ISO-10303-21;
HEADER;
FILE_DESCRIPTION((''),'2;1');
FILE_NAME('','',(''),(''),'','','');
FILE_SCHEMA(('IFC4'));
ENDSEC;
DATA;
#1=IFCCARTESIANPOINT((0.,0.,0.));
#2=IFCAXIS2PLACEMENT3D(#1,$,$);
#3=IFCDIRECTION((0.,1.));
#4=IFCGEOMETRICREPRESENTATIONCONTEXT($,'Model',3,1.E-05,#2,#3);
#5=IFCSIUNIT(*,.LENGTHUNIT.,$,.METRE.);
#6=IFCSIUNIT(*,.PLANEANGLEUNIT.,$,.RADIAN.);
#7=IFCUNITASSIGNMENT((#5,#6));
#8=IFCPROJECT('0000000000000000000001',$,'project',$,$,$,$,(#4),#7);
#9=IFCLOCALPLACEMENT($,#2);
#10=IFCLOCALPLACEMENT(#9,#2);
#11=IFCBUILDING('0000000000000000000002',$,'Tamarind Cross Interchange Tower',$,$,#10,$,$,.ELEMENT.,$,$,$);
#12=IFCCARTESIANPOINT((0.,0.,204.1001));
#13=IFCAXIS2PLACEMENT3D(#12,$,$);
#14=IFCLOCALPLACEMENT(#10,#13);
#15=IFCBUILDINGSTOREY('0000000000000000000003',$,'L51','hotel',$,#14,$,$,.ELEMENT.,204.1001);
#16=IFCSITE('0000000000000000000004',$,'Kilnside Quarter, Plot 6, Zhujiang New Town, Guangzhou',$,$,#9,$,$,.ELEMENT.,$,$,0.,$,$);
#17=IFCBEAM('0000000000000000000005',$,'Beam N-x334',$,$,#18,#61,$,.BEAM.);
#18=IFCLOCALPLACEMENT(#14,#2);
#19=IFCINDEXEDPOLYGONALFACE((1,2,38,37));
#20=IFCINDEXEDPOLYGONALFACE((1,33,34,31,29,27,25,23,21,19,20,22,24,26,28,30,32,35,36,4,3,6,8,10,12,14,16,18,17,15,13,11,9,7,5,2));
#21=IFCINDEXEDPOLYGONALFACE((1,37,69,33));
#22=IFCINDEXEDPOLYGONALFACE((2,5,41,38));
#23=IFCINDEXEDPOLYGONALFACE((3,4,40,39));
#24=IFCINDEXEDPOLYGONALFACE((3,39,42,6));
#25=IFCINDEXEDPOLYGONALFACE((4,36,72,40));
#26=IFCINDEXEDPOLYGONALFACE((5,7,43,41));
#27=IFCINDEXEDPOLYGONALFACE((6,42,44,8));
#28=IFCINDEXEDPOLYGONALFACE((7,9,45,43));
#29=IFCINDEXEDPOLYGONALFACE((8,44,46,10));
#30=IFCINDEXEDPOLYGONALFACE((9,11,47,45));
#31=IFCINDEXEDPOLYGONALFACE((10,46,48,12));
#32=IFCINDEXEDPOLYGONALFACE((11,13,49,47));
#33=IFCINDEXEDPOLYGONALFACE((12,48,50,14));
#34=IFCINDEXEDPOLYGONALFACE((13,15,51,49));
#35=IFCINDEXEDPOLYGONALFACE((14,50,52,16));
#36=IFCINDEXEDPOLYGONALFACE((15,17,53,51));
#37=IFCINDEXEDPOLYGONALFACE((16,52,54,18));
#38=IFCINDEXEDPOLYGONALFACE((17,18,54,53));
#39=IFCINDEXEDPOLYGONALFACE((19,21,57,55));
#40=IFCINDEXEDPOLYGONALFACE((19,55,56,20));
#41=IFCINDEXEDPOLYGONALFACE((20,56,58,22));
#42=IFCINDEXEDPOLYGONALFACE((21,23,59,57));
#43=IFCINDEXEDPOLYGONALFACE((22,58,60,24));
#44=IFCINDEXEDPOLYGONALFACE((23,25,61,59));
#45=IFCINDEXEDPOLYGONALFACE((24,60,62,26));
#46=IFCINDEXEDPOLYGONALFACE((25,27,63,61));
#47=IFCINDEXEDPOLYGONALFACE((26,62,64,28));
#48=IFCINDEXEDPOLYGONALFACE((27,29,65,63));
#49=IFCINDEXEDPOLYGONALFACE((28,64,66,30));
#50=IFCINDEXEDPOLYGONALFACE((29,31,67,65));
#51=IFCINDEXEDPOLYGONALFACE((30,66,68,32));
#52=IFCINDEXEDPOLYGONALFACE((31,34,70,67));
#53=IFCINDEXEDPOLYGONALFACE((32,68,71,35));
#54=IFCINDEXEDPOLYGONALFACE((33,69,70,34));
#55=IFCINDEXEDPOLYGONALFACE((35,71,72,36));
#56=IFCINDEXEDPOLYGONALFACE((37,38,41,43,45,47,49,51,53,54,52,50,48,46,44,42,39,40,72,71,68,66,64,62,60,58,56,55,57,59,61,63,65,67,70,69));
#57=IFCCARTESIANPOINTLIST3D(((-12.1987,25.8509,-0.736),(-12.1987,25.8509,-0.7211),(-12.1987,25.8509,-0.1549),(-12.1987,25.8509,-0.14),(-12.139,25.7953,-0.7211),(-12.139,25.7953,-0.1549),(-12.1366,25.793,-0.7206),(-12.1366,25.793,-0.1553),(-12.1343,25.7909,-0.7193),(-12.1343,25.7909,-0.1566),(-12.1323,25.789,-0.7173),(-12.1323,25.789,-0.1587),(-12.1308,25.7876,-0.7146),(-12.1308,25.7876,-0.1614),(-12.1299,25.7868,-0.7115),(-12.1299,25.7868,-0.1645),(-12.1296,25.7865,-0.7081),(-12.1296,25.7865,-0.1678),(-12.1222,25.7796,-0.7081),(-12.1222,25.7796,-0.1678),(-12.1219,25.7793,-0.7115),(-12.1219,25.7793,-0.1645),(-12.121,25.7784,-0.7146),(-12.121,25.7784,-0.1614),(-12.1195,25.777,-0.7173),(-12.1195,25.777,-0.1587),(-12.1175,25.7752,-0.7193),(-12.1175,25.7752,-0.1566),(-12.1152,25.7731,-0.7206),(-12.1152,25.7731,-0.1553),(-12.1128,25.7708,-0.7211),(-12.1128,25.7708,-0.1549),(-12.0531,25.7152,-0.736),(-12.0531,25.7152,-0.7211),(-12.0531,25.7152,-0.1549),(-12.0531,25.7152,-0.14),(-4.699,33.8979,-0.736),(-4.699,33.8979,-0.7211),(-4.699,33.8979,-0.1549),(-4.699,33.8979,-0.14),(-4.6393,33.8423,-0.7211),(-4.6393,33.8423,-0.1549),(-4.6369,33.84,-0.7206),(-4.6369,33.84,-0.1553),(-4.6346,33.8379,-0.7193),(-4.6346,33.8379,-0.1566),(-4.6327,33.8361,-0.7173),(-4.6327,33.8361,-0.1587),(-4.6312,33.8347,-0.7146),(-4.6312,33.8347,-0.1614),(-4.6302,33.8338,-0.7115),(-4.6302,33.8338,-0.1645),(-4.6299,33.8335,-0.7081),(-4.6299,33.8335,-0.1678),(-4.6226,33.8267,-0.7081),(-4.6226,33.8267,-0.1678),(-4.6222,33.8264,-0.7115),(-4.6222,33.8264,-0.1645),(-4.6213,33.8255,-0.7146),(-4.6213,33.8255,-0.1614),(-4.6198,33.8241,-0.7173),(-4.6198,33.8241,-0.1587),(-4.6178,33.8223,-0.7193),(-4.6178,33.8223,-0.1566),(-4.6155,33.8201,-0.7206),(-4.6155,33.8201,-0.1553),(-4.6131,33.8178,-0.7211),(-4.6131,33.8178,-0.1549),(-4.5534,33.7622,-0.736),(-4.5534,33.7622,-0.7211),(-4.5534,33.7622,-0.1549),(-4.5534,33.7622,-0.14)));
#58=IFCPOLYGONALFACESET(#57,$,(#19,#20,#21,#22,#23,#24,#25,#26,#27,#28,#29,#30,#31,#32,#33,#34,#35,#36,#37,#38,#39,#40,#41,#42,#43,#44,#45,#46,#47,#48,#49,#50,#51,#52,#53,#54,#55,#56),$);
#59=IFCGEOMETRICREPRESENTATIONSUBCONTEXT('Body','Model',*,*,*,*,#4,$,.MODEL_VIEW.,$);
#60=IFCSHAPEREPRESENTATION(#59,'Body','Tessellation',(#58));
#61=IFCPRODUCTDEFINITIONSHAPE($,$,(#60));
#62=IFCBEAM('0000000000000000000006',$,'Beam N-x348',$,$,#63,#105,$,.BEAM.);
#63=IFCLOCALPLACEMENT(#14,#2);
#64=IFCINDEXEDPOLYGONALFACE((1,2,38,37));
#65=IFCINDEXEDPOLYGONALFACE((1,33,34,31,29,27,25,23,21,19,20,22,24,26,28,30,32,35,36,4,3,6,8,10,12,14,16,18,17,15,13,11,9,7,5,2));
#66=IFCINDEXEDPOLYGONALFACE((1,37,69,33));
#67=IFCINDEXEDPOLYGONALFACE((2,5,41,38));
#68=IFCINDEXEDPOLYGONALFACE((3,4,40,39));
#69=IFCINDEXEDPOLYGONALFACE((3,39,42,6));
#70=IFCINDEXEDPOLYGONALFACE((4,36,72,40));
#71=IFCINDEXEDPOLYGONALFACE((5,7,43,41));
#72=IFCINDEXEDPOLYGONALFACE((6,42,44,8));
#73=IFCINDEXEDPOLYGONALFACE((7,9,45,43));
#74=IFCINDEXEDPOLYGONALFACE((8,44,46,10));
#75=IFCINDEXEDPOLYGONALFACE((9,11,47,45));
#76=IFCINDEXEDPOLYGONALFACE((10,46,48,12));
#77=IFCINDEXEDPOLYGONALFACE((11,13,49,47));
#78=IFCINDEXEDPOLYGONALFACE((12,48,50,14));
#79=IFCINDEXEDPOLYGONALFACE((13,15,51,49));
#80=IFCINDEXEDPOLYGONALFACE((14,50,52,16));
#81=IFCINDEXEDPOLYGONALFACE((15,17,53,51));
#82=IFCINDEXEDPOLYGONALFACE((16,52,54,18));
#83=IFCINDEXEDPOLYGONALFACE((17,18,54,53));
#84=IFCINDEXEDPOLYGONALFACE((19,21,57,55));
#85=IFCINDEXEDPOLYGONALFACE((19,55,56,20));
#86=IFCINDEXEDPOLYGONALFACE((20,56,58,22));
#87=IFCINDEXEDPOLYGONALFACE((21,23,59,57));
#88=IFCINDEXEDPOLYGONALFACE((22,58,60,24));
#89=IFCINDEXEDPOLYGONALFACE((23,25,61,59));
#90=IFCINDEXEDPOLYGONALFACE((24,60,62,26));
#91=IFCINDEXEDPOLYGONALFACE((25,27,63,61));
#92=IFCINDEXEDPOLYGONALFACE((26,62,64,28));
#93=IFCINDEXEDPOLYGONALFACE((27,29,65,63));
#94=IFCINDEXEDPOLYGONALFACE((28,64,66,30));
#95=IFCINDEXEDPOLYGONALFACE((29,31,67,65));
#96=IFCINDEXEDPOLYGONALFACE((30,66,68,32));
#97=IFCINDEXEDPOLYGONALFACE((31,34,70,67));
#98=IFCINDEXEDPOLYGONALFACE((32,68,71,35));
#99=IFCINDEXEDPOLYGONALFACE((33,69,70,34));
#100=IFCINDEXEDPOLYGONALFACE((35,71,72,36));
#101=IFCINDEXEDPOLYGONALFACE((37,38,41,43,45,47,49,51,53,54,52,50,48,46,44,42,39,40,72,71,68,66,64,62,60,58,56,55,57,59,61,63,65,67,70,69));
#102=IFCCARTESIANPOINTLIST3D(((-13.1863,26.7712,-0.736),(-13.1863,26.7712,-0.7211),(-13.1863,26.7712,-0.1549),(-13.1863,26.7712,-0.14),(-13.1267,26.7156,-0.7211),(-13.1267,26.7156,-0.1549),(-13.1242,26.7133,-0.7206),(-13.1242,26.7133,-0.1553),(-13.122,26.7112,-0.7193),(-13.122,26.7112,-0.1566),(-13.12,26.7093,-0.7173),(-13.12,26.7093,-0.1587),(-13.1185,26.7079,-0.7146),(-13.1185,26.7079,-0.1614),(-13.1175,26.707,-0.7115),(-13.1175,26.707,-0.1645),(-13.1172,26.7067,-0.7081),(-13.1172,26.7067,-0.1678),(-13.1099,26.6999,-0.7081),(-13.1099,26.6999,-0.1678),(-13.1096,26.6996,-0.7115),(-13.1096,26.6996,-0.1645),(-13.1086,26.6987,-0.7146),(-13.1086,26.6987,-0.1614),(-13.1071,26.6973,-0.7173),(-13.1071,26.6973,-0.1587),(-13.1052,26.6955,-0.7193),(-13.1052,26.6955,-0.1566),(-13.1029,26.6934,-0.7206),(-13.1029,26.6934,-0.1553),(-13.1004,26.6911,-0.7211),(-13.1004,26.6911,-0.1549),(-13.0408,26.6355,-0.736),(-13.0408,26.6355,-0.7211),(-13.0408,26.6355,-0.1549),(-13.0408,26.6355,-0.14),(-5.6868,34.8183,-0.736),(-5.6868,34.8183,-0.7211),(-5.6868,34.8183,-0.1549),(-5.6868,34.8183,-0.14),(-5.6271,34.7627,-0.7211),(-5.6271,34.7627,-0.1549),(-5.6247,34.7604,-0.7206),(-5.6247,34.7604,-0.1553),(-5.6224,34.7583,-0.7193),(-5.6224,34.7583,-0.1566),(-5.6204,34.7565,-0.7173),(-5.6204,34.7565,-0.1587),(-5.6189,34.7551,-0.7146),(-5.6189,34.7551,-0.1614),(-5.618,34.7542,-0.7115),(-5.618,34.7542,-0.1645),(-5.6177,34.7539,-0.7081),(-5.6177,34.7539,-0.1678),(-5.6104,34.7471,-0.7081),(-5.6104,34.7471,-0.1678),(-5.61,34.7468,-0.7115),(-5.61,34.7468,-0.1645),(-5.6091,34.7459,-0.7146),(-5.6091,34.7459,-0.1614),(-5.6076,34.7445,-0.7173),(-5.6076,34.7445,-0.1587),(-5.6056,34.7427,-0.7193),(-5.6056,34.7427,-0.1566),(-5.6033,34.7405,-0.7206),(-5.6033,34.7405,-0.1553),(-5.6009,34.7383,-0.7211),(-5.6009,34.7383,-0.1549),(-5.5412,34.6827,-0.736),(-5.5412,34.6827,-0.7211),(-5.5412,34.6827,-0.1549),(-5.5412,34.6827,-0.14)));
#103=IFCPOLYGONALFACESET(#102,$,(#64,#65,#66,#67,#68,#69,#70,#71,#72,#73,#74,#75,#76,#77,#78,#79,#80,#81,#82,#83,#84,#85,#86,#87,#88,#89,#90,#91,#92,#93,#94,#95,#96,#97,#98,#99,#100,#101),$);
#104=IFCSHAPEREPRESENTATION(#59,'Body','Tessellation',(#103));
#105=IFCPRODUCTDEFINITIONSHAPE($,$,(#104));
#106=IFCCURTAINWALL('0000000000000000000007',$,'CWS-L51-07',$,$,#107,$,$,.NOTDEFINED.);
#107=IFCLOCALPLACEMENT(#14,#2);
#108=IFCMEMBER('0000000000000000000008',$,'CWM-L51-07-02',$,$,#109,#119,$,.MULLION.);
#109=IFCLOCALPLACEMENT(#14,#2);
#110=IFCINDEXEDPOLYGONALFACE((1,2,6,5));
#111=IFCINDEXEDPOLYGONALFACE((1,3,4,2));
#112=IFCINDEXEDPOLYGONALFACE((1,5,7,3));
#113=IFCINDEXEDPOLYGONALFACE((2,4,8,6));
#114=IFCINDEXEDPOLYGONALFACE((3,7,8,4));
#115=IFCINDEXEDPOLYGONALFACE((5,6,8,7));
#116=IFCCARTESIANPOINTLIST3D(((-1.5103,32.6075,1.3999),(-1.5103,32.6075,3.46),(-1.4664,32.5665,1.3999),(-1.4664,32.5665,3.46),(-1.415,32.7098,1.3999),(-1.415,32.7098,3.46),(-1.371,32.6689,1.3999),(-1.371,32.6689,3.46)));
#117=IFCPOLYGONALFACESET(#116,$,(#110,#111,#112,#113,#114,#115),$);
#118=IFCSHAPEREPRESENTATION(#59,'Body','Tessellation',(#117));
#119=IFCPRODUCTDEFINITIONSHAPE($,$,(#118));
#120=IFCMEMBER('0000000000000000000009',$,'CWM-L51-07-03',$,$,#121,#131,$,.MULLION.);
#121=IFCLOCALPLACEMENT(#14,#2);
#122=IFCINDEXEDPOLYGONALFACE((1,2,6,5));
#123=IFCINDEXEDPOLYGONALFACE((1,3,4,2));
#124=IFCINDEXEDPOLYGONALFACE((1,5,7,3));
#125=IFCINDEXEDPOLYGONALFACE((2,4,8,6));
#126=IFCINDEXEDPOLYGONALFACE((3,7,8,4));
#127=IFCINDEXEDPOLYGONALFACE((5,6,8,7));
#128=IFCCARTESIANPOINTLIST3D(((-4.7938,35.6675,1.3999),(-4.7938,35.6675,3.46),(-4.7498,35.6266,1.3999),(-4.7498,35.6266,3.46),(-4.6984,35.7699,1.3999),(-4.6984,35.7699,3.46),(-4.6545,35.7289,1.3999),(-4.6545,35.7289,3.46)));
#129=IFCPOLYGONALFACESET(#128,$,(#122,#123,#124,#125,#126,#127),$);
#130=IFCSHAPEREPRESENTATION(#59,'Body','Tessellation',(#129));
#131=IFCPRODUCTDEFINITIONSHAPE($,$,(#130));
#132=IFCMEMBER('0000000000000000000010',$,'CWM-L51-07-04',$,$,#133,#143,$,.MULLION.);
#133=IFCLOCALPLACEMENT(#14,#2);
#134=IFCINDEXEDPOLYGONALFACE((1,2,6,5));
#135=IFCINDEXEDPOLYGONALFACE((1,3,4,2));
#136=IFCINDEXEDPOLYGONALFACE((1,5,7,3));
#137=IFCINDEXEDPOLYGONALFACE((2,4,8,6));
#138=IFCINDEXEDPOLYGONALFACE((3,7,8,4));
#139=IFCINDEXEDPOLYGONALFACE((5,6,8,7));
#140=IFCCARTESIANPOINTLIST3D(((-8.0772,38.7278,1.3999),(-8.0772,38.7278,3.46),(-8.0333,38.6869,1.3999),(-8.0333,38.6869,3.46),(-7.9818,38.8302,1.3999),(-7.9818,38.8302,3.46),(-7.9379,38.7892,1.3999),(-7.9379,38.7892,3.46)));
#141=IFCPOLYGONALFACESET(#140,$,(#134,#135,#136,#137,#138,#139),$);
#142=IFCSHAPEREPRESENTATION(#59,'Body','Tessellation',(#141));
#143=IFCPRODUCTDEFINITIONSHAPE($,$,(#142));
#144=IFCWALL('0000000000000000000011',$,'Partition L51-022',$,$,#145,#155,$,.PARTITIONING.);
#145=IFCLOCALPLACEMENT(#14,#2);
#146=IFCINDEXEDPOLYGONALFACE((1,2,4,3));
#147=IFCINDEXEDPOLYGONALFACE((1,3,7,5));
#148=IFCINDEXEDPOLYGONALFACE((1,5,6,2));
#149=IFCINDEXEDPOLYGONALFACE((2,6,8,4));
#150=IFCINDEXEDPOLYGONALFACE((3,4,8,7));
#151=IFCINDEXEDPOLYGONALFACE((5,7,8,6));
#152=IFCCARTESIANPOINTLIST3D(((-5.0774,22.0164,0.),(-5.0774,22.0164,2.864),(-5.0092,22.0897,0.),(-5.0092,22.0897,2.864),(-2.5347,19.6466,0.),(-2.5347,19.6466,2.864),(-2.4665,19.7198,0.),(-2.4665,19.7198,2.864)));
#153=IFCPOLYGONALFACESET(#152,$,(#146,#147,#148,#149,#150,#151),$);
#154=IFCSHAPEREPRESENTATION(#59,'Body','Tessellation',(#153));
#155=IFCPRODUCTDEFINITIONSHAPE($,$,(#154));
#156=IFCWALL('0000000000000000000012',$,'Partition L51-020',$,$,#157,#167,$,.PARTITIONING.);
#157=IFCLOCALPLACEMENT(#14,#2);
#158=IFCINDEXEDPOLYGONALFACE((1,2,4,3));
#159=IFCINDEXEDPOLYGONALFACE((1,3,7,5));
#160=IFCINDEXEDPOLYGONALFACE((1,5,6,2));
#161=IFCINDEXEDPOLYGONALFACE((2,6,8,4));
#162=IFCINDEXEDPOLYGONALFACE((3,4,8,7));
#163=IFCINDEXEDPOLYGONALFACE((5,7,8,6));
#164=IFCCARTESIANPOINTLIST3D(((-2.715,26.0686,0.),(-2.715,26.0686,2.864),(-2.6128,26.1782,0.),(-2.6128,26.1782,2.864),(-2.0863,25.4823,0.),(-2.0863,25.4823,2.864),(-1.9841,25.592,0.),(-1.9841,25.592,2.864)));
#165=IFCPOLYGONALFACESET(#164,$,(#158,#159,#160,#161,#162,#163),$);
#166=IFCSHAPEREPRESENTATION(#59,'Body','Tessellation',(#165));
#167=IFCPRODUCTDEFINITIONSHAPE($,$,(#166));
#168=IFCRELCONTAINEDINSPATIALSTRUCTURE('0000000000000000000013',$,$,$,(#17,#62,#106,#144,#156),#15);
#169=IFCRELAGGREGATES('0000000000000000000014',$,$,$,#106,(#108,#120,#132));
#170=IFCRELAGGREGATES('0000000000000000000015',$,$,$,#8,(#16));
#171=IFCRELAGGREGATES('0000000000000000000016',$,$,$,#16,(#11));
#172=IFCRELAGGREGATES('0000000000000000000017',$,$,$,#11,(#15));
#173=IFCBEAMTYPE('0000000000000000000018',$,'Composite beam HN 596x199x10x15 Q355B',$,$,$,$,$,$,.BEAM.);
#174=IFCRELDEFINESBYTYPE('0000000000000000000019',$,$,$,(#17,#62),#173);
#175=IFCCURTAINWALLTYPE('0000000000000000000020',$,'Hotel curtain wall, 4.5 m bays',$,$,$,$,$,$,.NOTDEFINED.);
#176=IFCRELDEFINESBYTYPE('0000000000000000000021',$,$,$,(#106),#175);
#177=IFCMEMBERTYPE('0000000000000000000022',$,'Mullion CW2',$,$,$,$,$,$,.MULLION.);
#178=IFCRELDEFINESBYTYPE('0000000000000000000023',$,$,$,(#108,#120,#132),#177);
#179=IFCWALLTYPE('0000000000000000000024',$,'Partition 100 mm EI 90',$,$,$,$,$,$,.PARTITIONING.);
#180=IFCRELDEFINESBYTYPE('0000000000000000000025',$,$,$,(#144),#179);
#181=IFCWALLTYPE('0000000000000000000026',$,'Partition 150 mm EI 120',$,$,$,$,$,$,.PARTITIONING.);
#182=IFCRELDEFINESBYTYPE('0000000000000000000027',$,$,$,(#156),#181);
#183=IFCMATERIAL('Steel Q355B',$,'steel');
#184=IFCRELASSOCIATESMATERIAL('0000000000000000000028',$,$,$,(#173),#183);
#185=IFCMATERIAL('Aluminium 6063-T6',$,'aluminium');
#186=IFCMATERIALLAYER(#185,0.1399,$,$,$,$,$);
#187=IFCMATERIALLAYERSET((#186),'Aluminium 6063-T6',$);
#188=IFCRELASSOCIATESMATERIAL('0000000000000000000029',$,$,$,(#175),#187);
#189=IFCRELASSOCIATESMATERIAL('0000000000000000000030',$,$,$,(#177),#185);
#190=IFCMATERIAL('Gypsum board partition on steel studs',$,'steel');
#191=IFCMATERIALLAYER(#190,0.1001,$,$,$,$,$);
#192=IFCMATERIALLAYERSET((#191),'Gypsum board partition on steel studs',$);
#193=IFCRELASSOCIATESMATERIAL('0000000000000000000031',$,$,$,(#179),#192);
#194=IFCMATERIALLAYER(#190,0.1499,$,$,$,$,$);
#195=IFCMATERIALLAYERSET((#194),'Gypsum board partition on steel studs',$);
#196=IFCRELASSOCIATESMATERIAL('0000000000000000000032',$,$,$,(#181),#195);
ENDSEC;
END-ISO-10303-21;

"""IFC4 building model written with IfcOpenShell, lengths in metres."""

from ifc_helpers import new_model, si_unit, direction, frame, frame_2d, origin, origin_2d, place, context, subcontext, project, spatial, rectangle, i_section, extrude, material, layer, layer_set, material_profile, profile_set, type_object, element, aggregate, save


model = new_model("IFC4")

# Units and contexts
model_context = context("Model", 3, precision=1e-05, world=origin(), true_north=direction((0.0, 1.0)))
body_context = subcontext(model_context, "Body", "Model", "MODEL_VIEW")
ifc_project = project(units=[si_unit("LENGTHUNIT", "METRE"), si_unit("PLANEANGLEUNIT", "RADIAN")], contexts=[model_context])

# Site, building, storey
site_placement = place(None, origin())
site = spatial("IfcSite", under=ifc_project, at=site_placement, Name="Kilnside Quarter, Plot 6, Zhujiang New Town, Guangzhou", CompositionType="ELEMENT", RefElevation=0.0)
building_placement = place(site_placement, origin())
building = spatial("IfcBuilding", under=site, at=building_placement, Name="Tamarind Cross Interchange Tower", CompositionType="ELEMENT")
storey_placement = place(building_placement, frame((0.0, 0.0, 204.1001)))
storey = spatial("IfcBuildingStorey", under=building, at=storey_placement, Name="L51", Description="hotel", CompositionType="ELEMENT", Elevation=204.1001)

# Beams
ifc_material_1 = material(Name="Steel Q355B", Category="steel")
ifc_material_profile_1 = material_profile(ifc_material_1, i_section(OverallWidth=0.199, OverallDepth=0.5959, WebThickness=0.01, FlangeThickness=0.0149, FilletRadius=0.0129, at=origin_2d()), Name="HN 596x199x10x15")
ifc_profile_set_1 = profile_set([ifc_material_profile_1], Name="Steel Q355B")
beam_type_1 = type_object("IfcBeamType", Name="Composite beam HN 596x199x10x15 Q355B", PredefinedType="BEAM", material=ifc_profile_set_1)
for number, where, z_axis, x_axis, name in (
    (1, (-4.6262, 33.8301, -0.438), (-0.681789, -0.731549, 0.0), (0.731549, -0.681789, 0.0), "Beam N-x334"),
    (2, (-5.614, 34.7505, -0.438), (-0.681777, -0.73156, 0.0), (0.73156, -0.681777, 0.0), "Beam N-x348"),
):
    element("IfcBeam", number, at=place(storey_placement, frame(where, z_axis=z_axis, x_axis=x_axis)), inside=storey, type_object=beam_type_1, Name=name, PredefinedType="BEAM", context=body_context, shape_type="SweptSolid", body=[
        extrude(i_section(OverallWidth=0.199, OverallDepth=0.5959, WebThickness=0.01, FlangeThickness=0.0149, FilletRadius=0.0129, at=origin_2d()), origin(), (0.0, 0.0, 1.0), 11.0),
    ])

# Curtain wall, members
ifc_material_2 = material(Name="Aluminium 6063-T6", Category="aluminium")
ifc_layer_1 = layer(ifc_material_2, 0.1399)
ifc_layer_set_1 = layer_set([ifc_layer_1], Name="Aluminium 6063-T6")
curtain_wall_type = type_object("IfcCurtainWallType", Name="Hotel curtain wall, 4.5 m bays", PredefinedType="NOTDEFINED", material=ifc_layer_set_1)
curtain_wall_placement = place(storey_placement, origin())
curtain_wall = element("IfcCurtainWall", 3, at=curtain_wall_placement, inside=storey, type_object=curtain_wall_type, Name="CWS-L51-07", PredefinedType="NOTDEFINED")
ifc_material_profile_2 = material_profile(ifc_material_2, rectangle(XDim=0.0601, YDim=0.1399, at=origin_2d()), Name="Mullion CW2")
ifc_profile_set_2 = profile_set([ifc_material_profile_2], Name="Aluminium 6063-T6")
member_type = type_object("IfcMemberType", Name="Mullion CW2", PredefinedType="MULLION", material=ifc_profile_set_2)
member_1_placement = place(storey_placement, frame((-1.4407, 32.6382, 1.3999), z_axis=(0.0, 0.0, 1.0), x_axis=(-0.731544, 0.681794, 0.0)))
member_1 = element("IfcMember", 4, at=member_1_placement, type_object=member_type, Name="CWM-L51-07-02", PredefinedType="MULLION", context=body_context, shape_type="SweptSolid", body=[
    extrude(rectangle(XDim=0.0601, YDim=0.1399, at=origin_2d()), origin(), (0.0, 0.0, 1.0), 2.0601),
])
member_2_placement = place(storey_placement, frame((-4.7241, 35.6982, 1.3999), z_axis=(0.0, 0.0, 1.0), x_axis=(-0.731544, 0.681794, 0.0)))
member_2 = element("IfcMember", 5, at=member_2_placement, type_object=member_type, Name="CWM-L51-07-03", PredefinedType="MULLION", context=body_context, shape_type="SweptSolid", body=[
    extrude(rectangle(XDim=0.0601, YDim=0.1399, at=origin_2d()), origin(), (0.0, 0.0, 1.0), 2.0601),
])
member_3_placement = place(storey_placement, frame((-8.0076, 38.7585, 1.3999), z_axis=(0.0, 0.0, 1.0), x_axis=(-0.731544, 0.681794, 0.0)))
member_3 = element("IfcMember", 6, at=member_3_placement, type_object=member_type, Name="CWM-L51-07-04", PredefinedType="MULLION", context=body_context, shape_type="SweptSolid", body=[
    extrude(rectangle(XDim=0.0601, YDim=0.1399, at=origin_2d()), origin(), (0.0, 0.0, 1.0), 2.0601),
])
aggregate(curtain_wall, [member_1, member_2, member_3])

# Walls
ifc_material_3 = material(Name="Gypsum board partition on steel studs", Category="steel")
ifc_layer_2 = layer(ifc_material_3, 0.1001)
ifc_layer_set_2 = layer_set([ifc_layer_2], Name="Gypsum board partition on steel studs")
wall_type_1 = type_object("IfcWallType", Name="Partition 100 mm EI 90", PredefinedType="PARTITIONING", material=ifc_layer_set_2)
wall_1_placement = place(storey_placement, frame((-5.0432, 22.053, 0.0), z_axis=(0.0, 0.0, 1.0), x_axis=(0.731534, -0.681805, 0.0)))
element("IfcWall", 7, at=wall_1_placement, inside=storey, type_object=wall_type_1, Name="Partition L51-022", PredefinedType="PARTITIONING", context=body_context, shape_type="SweptSolid", body=[
    extrude(rectangle(XDim=3.4758, YDim=0.1001, at=frame_2d((1.7378, 0.0))), origin(), (0.0, 0.0, 1.0), 2.864),
])
ifc_layer_3 = layer(ifc_material_3, 0.1499)
ifc_layer_set_3 = layer_set([ifc_layer_3], Name="Gypsum board partition on steel studs")
wall_type_2 = type_object("IfcWallType", Name="Partition 150 mm EI 120", PredefinedType="PARTITIONING", material=ifc_layer_set_3)
wall_2_placement = place(storey_placement, frame((-2.6638, 26.1233, 0.0), z_axis=(0.0, 0.0, 1.0), x_axis=(0.731386, -0.681964, 0.0)))
element("IfcWall", 8, at=wall_2_placement, inside=storey, type_object=wall_type_2, Name="Partition L51-020", PredefinedType="PARTITIONING", context=body_context, shape_type="SweptSolid", body=[
    extrude(rectangle(XDim=0.8596, YDim=0.1499, at=frame_2d((0.4297, 0.0))), origin(), (0.0, 0.0, 1.0), 2.864),
])

save(model, "model.ifc")
